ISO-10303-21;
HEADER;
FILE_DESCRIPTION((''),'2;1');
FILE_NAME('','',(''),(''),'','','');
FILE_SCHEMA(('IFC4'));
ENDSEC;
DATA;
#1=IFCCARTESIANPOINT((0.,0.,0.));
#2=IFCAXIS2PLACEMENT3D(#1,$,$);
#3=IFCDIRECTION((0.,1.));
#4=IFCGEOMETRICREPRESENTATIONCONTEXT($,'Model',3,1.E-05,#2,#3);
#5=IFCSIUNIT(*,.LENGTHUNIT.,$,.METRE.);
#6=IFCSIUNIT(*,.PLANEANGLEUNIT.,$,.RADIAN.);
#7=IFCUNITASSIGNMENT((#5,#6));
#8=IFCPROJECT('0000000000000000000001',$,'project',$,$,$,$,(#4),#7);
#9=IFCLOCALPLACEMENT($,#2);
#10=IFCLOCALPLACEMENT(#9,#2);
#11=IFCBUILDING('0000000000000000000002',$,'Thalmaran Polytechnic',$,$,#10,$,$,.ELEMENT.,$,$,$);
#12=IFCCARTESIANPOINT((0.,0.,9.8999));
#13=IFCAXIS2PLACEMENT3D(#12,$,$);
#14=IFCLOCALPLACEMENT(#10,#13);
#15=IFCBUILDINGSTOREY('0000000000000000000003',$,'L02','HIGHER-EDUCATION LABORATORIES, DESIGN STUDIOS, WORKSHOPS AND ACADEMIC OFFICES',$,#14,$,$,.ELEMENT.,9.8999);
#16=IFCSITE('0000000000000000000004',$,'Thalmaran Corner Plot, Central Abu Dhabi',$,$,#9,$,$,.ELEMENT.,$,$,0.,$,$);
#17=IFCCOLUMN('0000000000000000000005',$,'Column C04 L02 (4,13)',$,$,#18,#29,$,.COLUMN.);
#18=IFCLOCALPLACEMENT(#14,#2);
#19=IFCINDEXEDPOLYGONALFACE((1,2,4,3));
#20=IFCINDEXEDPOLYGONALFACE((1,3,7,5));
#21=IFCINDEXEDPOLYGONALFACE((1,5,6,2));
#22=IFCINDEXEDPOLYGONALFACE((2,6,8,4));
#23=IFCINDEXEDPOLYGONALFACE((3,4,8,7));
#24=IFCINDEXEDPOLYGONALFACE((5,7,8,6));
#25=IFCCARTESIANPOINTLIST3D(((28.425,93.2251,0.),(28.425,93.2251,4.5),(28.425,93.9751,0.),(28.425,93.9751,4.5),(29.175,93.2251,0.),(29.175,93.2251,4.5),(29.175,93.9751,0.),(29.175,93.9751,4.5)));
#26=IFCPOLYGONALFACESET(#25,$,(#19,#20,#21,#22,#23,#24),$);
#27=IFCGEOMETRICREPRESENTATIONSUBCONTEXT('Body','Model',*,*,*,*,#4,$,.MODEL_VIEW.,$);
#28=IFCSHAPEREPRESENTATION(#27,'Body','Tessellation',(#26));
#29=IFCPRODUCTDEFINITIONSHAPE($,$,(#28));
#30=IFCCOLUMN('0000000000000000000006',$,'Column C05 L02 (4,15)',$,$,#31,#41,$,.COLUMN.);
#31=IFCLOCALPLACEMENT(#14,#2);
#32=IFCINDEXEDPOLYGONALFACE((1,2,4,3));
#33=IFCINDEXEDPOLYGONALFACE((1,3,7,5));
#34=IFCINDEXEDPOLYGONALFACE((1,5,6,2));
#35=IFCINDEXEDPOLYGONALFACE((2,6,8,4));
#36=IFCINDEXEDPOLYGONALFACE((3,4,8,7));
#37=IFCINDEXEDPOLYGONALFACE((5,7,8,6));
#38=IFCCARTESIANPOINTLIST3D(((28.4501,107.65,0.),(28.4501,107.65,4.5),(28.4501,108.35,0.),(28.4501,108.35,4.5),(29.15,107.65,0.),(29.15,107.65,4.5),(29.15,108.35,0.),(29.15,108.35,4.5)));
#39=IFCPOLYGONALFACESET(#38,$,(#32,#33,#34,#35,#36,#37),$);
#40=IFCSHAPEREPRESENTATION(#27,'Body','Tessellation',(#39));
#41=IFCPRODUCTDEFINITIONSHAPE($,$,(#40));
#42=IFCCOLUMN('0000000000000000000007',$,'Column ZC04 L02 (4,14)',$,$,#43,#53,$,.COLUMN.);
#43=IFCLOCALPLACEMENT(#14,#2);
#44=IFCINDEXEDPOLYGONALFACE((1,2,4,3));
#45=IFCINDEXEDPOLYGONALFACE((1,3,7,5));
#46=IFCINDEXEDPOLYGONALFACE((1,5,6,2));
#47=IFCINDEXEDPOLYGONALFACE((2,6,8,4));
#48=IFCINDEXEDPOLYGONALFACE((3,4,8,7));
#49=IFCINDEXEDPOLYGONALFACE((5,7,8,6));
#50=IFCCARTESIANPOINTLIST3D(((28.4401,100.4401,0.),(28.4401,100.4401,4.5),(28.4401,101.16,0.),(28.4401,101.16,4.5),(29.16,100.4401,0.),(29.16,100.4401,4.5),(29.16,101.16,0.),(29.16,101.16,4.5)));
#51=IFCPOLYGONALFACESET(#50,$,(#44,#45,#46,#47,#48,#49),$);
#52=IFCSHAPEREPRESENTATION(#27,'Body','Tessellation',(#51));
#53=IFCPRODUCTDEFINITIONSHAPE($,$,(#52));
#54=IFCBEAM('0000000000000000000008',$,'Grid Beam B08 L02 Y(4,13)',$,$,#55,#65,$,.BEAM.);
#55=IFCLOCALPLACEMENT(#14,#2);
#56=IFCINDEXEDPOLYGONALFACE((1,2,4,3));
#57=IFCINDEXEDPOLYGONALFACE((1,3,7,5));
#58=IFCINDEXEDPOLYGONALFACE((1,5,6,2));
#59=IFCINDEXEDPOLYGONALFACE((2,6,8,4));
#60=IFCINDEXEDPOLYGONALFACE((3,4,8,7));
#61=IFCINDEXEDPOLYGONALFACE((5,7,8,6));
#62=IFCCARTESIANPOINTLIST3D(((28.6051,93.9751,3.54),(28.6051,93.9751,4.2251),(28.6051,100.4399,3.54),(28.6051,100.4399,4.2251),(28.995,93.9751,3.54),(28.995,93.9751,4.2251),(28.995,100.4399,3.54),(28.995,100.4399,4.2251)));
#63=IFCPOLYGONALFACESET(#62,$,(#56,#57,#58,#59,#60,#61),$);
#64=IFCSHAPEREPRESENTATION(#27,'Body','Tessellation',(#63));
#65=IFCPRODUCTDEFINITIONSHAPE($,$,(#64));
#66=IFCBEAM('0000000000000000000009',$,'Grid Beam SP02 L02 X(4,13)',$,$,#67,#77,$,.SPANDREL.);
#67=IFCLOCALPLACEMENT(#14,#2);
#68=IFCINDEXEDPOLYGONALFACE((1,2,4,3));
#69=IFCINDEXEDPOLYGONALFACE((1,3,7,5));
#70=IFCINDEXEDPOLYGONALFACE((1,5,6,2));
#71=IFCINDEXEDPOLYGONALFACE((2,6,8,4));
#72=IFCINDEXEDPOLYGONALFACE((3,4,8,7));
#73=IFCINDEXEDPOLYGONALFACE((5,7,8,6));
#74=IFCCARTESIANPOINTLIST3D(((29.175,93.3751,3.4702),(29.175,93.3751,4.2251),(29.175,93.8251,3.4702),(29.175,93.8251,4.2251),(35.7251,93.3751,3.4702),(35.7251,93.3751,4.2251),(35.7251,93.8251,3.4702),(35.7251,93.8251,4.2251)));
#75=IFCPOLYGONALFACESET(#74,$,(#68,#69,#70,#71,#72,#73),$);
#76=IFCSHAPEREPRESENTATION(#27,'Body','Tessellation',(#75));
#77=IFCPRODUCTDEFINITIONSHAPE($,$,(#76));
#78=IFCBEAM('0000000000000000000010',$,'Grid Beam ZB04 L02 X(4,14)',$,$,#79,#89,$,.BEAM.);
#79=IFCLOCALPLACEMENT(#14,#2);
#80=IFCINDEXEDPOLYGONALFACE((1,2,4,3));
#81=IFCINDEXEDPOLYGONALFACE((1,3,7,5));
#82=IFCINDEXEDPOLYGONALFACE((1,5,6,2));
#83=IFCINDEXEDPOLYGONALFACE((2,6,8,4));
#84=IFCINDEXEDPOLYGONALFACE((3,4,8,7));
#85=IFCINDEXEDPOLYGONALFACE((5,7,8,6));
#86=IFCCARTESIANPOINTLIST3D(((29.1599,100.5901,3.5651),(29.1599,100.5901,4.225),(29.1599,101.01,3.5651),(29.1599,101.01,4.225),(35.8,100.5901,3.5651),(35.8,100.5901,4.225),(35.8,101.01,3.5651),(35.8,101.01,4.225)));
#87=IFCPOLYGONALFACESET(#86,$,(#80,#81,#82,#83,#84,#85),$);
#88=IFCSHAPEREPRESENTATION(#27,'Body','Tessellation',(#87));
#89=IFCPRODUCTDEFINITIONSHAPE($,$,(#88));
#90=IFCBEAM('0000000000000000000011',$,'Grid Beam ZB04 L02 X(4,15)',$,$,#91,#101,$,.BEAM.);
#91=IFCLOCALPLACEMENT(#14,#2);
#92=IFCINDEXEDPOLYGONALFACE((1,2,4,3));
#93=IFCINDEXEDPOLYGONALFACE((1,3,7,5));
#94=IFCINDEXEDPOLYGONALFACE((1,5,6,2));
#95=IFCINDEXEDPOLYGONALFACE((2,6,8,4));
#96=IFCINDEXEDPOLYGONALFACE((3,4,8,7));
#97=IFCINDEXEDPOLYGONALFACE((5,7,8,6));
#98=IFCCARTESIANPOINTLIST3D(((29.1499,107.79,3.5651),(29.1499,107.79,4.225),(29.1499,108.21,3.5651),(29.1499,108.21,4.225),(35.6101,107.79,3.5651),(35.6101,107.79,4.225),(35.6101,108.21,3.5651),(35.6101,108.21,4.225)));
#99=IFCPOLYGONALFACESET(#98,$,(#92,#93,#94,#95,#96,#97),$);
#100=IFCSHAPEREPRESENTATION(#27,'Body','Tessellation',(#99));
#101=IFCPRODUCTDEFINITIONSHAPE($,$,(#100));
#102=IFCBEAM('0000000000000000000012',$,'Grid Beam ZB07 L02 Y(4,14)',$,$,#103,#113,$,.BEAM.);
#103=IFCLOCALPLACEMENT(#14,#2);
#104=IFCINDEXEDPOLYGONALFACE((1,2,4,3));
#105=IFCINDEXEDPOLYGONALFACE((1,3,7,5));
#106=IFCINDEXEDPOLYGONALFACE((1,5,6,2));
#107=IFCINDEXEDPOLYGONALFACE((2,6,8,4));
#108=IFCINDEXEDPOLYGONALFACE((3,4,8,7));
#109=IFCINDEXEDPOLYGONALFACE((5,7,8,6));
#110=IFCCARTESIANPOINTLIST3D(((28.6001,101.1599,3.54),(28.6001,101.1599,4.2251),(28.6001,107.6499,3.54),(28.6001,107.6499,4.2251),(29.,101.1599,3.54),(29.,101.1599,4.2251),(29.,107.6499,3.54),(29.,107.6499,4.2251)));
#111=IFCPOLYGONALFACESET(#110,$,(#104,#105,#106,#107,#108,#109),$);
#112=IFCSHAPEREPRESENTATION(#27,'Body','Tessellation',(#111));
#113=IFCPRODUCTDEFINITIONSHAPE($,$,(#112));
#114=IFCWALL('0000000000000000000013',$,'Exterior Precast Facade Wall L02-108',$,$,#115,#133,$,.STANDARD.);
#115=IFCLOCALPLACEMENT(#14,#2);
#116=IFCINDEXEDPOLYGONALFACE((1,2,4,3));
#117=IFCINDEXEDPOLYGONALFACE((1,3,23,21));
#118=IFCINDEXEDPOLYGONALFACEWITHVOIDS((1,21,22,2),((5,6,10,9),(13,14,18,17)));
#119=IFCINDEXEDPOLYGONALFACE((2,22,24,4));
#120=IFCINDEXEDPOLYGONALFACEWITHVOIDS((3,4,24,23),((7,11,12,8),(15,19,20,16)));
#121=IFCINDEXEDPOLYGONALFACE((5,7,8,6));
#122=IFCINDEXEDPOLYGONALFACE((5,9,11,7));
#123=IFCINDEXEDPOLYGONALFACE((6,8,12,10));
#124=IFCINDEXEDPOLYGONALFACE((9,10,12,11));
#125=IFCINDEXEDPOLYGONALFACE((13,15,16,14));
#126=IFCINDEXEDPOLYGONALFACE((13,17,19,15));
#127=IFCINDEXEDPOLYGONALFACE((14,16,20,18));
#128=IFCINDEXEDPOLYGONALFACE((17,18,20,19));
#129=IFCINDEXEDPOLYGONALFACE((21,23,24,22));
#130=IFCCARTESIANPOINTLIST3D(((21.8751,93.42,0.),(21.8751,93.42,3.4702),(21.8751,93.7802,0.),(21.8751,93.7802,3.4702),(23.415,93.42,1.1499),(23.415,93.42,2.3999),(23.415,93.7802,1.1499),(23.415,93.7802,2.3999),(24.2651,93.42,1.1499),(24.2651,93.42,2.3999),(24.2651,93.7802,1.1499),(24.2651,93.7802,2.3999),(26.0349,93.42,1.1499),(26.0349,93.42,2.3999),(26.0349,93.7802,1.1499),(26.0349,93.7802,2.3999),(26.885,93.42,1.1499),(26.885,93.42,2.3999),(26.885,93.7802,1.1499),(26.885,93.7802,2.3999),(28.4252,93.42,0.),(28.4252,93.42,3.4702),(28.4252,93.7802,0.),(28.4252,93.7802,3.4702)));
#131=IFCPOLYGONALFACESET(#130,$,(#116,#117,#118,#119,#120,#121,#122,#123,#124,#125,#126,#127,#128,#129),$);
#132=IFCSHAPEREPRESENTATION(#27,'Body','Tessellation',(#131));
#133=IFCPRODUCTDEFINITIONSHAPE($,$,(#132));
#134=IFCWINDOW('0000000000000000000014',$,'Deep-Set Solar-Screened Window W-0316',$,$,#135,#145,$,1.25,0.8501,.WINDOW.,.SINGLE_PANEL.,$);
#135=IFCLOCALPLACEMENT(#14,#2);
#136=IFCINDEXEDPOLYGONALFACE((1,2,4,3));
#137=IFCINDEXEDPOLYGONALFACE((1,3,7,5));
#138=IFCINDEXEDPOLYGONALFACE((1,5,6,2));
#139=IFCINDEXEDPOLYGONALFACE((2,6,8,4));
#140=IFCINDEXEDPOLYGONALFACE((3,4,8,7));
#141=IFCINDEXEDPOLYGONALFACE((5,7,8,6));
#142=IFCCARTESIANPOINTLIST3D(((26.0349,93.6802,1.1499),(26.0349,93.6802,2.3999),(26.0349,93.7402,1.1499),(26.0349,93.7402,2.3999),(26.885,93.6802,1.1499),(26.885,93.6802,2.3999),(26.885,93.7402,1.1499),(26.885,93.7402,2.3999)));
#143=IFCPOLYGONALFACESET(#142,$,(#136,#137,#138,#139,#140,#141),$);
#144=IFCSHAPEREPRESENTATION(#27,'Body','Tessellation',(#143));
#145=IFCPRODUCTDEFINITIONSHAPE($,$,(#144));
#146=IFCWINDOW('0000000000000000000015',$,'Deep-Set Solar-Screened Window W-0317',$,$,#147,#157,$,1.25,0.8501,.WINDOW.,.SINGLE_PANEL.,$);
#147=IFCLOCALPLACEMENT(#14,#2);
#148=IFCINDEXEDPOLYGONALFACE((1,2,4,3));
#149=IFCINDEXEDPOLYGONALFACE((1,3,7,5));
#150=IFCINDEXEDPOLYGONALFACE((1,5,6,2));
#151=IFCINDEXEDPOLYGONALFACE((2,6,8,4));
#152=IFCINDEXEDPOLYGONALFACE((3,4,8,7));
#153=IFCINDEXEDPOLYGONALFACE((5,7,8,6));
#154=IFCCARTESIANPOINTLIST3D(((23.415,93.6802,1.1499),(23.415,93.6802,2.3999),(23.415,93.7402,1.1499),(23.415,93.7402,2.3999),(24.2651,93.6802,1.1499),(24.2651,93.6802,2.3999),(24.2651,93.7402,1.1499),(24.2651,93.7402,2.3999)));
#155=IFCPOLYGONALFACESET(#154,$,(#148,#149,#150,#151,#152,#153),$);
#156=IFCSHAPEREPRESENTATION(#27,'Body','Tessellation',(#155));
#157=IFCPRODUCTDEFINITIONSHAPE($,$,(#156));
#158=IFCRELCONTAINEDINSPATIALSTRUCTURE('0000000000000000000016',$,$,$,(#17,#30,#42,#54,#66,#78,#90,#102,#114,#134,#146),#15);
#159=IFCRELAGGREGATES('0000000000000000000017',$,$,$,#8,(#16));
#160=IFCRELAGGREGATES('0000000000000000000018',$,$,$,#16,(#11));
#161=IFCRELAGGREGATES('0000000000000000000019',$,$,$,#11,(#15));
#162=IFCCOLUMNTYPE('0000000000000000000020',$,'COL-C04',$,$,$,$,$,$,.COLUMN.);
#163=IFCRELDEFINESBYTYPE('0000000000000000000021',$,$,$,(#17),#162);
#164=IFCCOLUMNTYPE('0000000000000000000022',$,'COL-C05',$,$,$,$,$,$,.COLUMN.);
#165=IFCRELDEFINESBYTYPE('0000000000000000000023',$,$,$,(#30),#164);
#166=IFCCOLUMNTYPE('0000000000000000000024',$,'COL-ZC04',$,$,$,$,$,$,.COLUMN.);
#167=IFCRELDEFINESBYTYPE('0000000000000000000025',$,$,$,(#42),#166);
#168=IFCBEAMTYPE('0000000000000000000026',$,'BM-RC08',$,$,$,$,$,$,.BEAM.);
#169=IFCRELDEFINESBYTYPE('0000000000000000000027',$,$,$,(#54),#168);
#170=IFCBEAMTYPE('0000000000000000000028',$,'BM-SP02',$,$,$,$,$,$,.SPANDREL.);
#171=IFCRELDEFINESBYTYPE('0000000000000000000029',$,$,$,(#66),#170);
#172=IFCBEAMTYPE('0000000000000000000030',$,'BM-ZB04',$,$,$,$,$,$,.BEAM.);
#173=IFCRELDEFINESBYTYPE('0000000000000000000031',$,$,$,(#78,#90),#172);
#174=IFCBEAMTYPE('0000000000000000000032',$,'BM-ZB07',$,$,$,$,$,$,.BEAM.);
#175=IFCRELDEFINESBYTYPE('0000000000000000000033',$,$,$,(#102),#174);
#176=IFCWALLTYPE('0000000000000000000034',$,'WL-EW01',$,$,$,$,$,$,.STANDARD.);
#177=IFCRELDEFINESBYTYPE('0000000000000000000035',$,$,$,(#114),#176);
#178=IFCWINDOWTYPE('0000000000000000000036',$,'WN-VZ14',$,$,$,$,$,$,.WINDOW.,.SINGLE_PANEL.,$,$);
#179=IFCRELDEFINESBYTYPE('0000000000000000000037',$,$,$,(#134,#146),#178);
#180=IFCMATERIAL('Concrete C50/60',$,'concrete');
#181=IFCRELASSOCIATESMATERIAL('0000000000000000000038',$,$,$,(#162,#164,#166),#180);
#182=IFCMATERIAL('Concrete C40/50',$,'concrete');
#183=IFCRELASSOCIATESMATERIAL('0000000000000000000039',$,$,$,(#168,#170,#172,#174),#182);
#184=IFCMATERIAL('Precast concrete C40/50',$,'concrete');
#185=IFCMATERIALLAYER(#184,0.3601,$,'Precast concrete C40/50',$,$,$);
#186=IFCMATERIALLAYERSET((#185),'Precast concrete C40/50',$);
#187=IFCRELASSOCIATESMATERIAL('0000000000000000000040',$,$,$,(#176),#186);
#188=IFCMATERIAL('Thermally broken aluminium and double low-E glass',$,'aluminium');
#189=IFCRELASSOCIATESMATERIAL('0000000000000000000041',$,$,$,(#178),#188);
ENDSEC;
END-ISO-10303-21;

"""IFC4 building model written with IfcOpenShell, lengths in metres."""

from ifc_helpers import new_model, si_unit, direction, frame, frame_2d, origin, origin_2d, place, context, subcontext, project, spatial, rectangle, extrude, material, layer, layer_set, material_profile, profile_set, type_object, element, fill, save


model = new_model("IFC4")

# Units and contexts
model_context = context("Model", 3, precision=1e-05, world=origin(), true_north=direction((0.0, 1.0)))
body_context = subcontext(model_context, "Body", "Model", "MODEL_VIEW")
ifc_project = project(units=[si_unit("LENGTHUNIT", "METRE"), si_unit("PLANEANGLEUNIT", "RADIAN")], contexts=[model_context])

# Site, building, storey
site_placement = place(None, origin())
site = spatial("IfcSite", under=ifc_project, at=site_placement, Name="Thalmaran Corner Plot, Central Abu Dhabi", CompositionType="ELEMENT", RefElevation=0.0)
building_placement = place(site_placement, origin())
building = spatial("IfcBuilding", under=site, at=building_placement, Name="Thalmaran Polytechnic", CompositionType="ELEMENT")
storey_placement = place(building_placement, frame((0.0, 0.0, 9.8999)))
storey = spatial("IfcBuildingStorey", under=building, at=storey_placement, Name="L02", Description="HIGHER-EDUCATION LABORATORIES, DESIGN STUDIOS, WORKSHOPS AND ACADEMIC OFFICES", CompositionType="ELEMENT", Elevation=9.8999)

# Columns
ifc_material_1 = material(Name="Concrete C50/60", Category="concrete")
ifc_material_profile_1 = material_profile(ifc_material_1, rectangle(XDim=0.75, YDim=0.75, at=origin_2d()), Name="RC 750x750")
ifc_profile_set_1 = profile_set([ifc_material_profile_1], Name="Concrete C50/60")
column_type_1 = type_object("IfcColumnType", Name="COL-C04", PredefinedType="COLUMN", material=ifc_profile_set_1)
column_1_placement = place(storey_placement, frame((28.8, 93.6001, 0.0), z_axis=(0.0, 0.0, 1.0), x_axis=(1.0, 0.0, 0.0)))
element("IfcColumn", 1, at=column_1_placement, inside=storey, type_object=column_type_1, Name="Column C04 L02 (4,13)", PredefinedType="COLUMN", context=body_context, shape_type="SweptSolid", body=[
    extrude(rectangle(XDim=0.75, YDim=0.75, at=origin_2d()), origin(), (0.0, 0.0, 1.0), 4.5),
])
ifc_material_profile_2 = material_profile(ifc_material_1, rectangle(XDim=0.7, YDim=0.7, at=origin_2d()), Name="RC 700x700")
ifc_profile_set_2 = profile_set([ifc_material_profile_2], Name="Concrete C50/60")
column_type_2 = type_object("IfcColumnType", Name="COL-C05", PredefinedType="COLUMN", material=ifc_profile_set_2)
column_2_placement = place(storey_placement, frame((28.8, 108.0, 0.0), z_axis=(0.0, 0.0, 1.0), x_axis=(1.0, 0.0, 0.0)))
element("IfcColumn", 2, at=column_2_placement, inside=storey, type_object=column_type_2, Name="Column C05 L02 (4,15)", PredefinedType="COLUMN", context=body_context, shape_type="SweptSolid", body=[
    extrude(rectangle(XDim=0.7, YDim=0.7, at=origin_2d()), origin(), (0.0, 0.0, 1.0), 4.5),
])
ifc_material_profile_3 = material_profile(ifc_material_1, rectangle(XDim=0.72, YDim=0.72, at=origin_2d()), Name="RC 720x720")
ifc_profile_set_3 = profile_set([ifc_material_profile_3], Name="Concrete C50/60")
column_type_3 = type_object("IfcColumnType", Name="COL-ZC04", PredefinedType="COLUMN", material=ifc_profile_set_3)
column_3_placement = place(storey_placement, frame((28.8, 100.8, 0.0), z_axis=(0.0, 0.0, 1.0), x_axis=(1.0, 0.0, 0.0)))
element("IfcColumn", 3, at=column_3_placement, inside=storey, type_object=column_type_3, Name="Column ZC04 L02 (4,14)", PredefinedType="COLUMN", context=body_context, shape_type="SweptSolid", body=[
    extrude(rectangle(XDim=0.72, YDim=0.72, at=origin_2d()), origin(), (0.0, 0.0, 1.0), 4.5),
])

# Beams
ifc_material_2 = material(Name="Concrete C40/50", Category="concrete")
ifc_material_profile_4 = material_profile(ifc_material_2, rectangle(XDim=0.3899, YDim=0.6851, at=origin_2d()), Name="RC 390x685")
ifc_profile_set_4 = profile_set([ifc_material_profile_4], Name="Concrete C40/50")
beam_type_1 = type_object("IfcBeamType", Name="BM-RC08", PredefinedType="BEAM", material=ifc_profile_set_4)
beam_1_placement = place(storey_placement, frame((28.8, 93.9751, 3.8826), z_axis=(0.0, 1.0, 0.0), x_axis=(-1.0, 0.0, 0.0)))
element("IfcBeam", 4, at=beam_1_placement, inside=storey, type_object=beam_type_1, Name="Grid Beam B08 L02 Y(4,13)", PredefinedType="BEAM", context=body_context, shape_type="SweptSolid", body=[
    extrude(rectangle(XDim=0.3899, YDim=0.6851, at=origin_2d()), origin(), (0.0, 0.0, 1.0), 6.4648),
])
ifc_material_profile_5 = material_profile(ifc_material_2, rectangle(XDim=0.45, YDim=0.7549, at=origin_2d()), Name="RC 450x755")
ifc_profile_set_5 = profile_set([ifc_material_profile_5], Name="Concrete C40/50")
beam_type_2 = type_object("IfcBeamType", Name="BM-SP02", PredefinedType="SPANDREL", material=ifc_profile_set_5)
beam_2_placement = place(storey_placement, frame((29.175, 93.6001, 3.8477), z_axis=(1.0, 0.0, 0.0), x_axis=(0.0, 1.0, 0.0)))
element("IfcBeam", 5, at=beam_2_placement, inside=storey, type_object=beam_type_2, Name="Grid Beam SP02 L02 X(4,13)", PredefinedType="SPANDREL", context=body_context, shape_type="SweptSolid", body=[
    extrude(rectangle(XDim=0.45, YDim=0.7549, at=origin_2d()), origin(), (0.0, 0.0, 1.0), 6.55),
])
ifc_material_profile_6 = material_profile(ifc_material_2, rectangle(XDim=0.4199, YDim=0.6599, at=origin_2d()), Name="RC 420x660")
ifc_profile_set_6 = profile_set([ifc_material_profile_6], Name="Concrete C40/50")
beam_type_3 = type_object("IfcBeamType", Name="BM-ZB04", PredefinedType="BEAM", material=ifc_profile_set_6)
beam_3_placement = place(storey_placement, frame((29.1599, 100.8, 3.895), z_axis=(1.0, 0.0, 0.0), x_axis=(0.0, 1.0, 0.0)))
element("IfcBeam", 6, at=beam_3_placement, inside=storey, type_object=beam_type_3, Name="Grid Beam ZB04 L02 X(4,14)", PredefinedType="BEAM", context=body_context, shape_type="SweptSolid", body=[
    extrude(rectangle(XDim=0.4199, YDim=0.6599, at=origin_2d()), origin(), (0.0, 0.0, 1.0), 6.6401),
])
beam_4_placement = place(storey_placement, frame((29.1499, 108.0, 3.895), z_axis=(1.0, 0.0, 0.0), x_axis=(0.0, 1.0, 0.0)))
element("IfcBeam", 7, at=beam_4_placement, inside=storey, type_object=beam_type_3, Name="Grid Beam ZB04 L02 X(4,15)", PredefinedType="BEAM", context=body_context, shape_type="SweptSolid", body=[
    extrude(rectangle(XDim=0.4199, YDim=0.6599, at=origin_2d()), origin(), (0.0, 0.0, 1.0), 6.4602),
])
ifc_material_profile_7 = material_profile(ifc_material_2, rectangle(XDim=0.3999, YDim=0.6851, at=origin_2d()), Name="RC 400x685")
ifc_profile_set_7 = profile_set([ifc_material_profile_7], Name="Concrete C40/50")
beam_type_4 = type_object("IfcBeamType", Name="BM-ZB07", PredefinedType="BEAM", material=ifc_profile_set_7)
beam_5_placement = place(storey_placement, frame((28.8, 101.1599, 3.8826), z_axis=(0.0, 1.0, 0.0), x_axis=(-1.0, 0.0, 0.0)))
element("IfcBeam", 8, at=beam_5_placement, inside=storey, type_object=beam_type_4, Name="Grid Beam ZB07 L02 Y(4,14)", PredefinedType="BEAM", context=body_context, shape_type="SweptSolid", body=[
    extrude(rectangle(XDim=0.3999, YDim=0.6851, at=origin_2d()), origin(), (0.0, 0.0, 1.0), 6.49),
])

# Wall, openings, windows
ifc_material_3 = material(Name="Precast concrete C40/50", Category="concrete")
ifc_layer_1 = layer(ifc_material_3, 0.3601, Name="Precast concrete C40/50")
ifc_layer_set_1 = layer_set([ifc_layer_1], Name="Precast concrete C40/50")
wall_type_1 = type_object("IfcWallType", Name="WL-EW01", PredefinedType="STANDARD", material=ifc_layer_set_1)
wall_1_placement = place(storey_placement, frame((28.425, 93.6001, 0.0), z_axis=(0.0, 0.0, 1.0), x_axis=(-1.0, 0.0, 0.0)))
wall_1 = element("IfcWall", 9, at=wall_1_placement, inside=storey, type_object=wall_type_1, Name="Exterior Precast Facade Wall L02-108", PredefinedType="STANDARD", context=body_context, shape_type="SweptSolid", body=[
    extrude(rectangle(XDim=6.55, YDim=0.3601, at=frame_2d((3.2749, 0.0))), origin(), (0.0, 0.0, 1.0), 3.4702),
])
opening_1_placement = place(wall_1_placement, frame((1.54, 0.0, 1.1499)))
opening_1 = element("IfcOpeningElement", 10, at=opening_1_placement, cuts=wall_1, PredefinedType="OPENING", context=body_context, shape_type="SweptSolid", body=[
    extrude(rectangle(XDim=0.8501, YDim=1.25, at=frame_2d((0.425, 0.625))), frame((0.0, 0.1899, 0.0), z_axis=(0.0, -1.0, 0.0), x_axis=(1.0, 0.0, 0.0)), (0.0, 0.0, 1.0), 0.3801),
])
opening_2_placement = place(wall_1_placement, frame((4.1599, 0.0, 1.1499)))
opening_2 = element("IfcOpeningElement", 11, at=opening_2_placement, cuts=wall_1, PredefinedType="OPENING", context=body_context, shape_type="SweptSolid", body=[
    extrude(rectangle(XDim=0.8501, YDim=1.25, at=frame_2d((0.425, 0.625))), frame((0.0, 0.1899, 0.0), z_axis=(0.0, -1.0, 0.0), x_axis=(1.0, 0.0, 0.0)), (0.0, 0.0, 1.0), 0.3801),
])
ifc_material_4 = material(Name="Thermally broken aluminium and double low-E glass", Category="aluminium")
window_type = type_object("IfcWindowType", Name="WN-VZ14", PartitioningType="SINGLE_PANEL", PredefinedType="WINDOW", material=ifc_material_4)
window_1_placement = place(opening_1_placement, origin())
window_1 = element("IfcWindow", 12, at=window_1_placement, inside=storey, type_object=window_type, Name="Deep-Set Solar-Screened Window W-0316", OverallHeight=1.25, OverallWidth=0.8501, PartitioningType="SINGLE_PANEL", PredefinedType="WINDOW", context=body_context, shape_type="SweptSolid", body=[
    extrude(rectangle(XDim=0.8501, YDim=1.25, at=frame_2d((0.425, 0.625))), frame((0.0, -0.0801, 0.0), z_axis=(0.0, -1.0, 0.0), x_axis=(1.0, 0.0, 0.0)), (0.0, 0.0, 1.0), 0.0601),
])
fill(opening_1, window_1)
window_2_placement = place(opening_2_placement, origin())
window_2 = element("IfcWindow", 13, at=window_2_placement, inside=storey, type_object=window_type, Name="Deep-Set Solar-Screened Window W-0317", OverallHeight=1.25, OverallWidth=0.8501, PartitioningType="SINGLE_PANEL", PredefinedType="WINDOW", context=body_context, shape_type="SweptSolid", body=[
    extrude(rectangle(XDim=0.8501, YDim=1.25, at=frame_2d((0.425, 0.625))), frame((0.0, -0.0801, 0.0), z_axis=(0.0, -1.0, 0.0), x_axis=(1.0, 0.0, 0.0)), (0.0, 0.0, 1.0), 0.0601),
])
fill(opening_2, window_2)

save(model, "model.ifc")
